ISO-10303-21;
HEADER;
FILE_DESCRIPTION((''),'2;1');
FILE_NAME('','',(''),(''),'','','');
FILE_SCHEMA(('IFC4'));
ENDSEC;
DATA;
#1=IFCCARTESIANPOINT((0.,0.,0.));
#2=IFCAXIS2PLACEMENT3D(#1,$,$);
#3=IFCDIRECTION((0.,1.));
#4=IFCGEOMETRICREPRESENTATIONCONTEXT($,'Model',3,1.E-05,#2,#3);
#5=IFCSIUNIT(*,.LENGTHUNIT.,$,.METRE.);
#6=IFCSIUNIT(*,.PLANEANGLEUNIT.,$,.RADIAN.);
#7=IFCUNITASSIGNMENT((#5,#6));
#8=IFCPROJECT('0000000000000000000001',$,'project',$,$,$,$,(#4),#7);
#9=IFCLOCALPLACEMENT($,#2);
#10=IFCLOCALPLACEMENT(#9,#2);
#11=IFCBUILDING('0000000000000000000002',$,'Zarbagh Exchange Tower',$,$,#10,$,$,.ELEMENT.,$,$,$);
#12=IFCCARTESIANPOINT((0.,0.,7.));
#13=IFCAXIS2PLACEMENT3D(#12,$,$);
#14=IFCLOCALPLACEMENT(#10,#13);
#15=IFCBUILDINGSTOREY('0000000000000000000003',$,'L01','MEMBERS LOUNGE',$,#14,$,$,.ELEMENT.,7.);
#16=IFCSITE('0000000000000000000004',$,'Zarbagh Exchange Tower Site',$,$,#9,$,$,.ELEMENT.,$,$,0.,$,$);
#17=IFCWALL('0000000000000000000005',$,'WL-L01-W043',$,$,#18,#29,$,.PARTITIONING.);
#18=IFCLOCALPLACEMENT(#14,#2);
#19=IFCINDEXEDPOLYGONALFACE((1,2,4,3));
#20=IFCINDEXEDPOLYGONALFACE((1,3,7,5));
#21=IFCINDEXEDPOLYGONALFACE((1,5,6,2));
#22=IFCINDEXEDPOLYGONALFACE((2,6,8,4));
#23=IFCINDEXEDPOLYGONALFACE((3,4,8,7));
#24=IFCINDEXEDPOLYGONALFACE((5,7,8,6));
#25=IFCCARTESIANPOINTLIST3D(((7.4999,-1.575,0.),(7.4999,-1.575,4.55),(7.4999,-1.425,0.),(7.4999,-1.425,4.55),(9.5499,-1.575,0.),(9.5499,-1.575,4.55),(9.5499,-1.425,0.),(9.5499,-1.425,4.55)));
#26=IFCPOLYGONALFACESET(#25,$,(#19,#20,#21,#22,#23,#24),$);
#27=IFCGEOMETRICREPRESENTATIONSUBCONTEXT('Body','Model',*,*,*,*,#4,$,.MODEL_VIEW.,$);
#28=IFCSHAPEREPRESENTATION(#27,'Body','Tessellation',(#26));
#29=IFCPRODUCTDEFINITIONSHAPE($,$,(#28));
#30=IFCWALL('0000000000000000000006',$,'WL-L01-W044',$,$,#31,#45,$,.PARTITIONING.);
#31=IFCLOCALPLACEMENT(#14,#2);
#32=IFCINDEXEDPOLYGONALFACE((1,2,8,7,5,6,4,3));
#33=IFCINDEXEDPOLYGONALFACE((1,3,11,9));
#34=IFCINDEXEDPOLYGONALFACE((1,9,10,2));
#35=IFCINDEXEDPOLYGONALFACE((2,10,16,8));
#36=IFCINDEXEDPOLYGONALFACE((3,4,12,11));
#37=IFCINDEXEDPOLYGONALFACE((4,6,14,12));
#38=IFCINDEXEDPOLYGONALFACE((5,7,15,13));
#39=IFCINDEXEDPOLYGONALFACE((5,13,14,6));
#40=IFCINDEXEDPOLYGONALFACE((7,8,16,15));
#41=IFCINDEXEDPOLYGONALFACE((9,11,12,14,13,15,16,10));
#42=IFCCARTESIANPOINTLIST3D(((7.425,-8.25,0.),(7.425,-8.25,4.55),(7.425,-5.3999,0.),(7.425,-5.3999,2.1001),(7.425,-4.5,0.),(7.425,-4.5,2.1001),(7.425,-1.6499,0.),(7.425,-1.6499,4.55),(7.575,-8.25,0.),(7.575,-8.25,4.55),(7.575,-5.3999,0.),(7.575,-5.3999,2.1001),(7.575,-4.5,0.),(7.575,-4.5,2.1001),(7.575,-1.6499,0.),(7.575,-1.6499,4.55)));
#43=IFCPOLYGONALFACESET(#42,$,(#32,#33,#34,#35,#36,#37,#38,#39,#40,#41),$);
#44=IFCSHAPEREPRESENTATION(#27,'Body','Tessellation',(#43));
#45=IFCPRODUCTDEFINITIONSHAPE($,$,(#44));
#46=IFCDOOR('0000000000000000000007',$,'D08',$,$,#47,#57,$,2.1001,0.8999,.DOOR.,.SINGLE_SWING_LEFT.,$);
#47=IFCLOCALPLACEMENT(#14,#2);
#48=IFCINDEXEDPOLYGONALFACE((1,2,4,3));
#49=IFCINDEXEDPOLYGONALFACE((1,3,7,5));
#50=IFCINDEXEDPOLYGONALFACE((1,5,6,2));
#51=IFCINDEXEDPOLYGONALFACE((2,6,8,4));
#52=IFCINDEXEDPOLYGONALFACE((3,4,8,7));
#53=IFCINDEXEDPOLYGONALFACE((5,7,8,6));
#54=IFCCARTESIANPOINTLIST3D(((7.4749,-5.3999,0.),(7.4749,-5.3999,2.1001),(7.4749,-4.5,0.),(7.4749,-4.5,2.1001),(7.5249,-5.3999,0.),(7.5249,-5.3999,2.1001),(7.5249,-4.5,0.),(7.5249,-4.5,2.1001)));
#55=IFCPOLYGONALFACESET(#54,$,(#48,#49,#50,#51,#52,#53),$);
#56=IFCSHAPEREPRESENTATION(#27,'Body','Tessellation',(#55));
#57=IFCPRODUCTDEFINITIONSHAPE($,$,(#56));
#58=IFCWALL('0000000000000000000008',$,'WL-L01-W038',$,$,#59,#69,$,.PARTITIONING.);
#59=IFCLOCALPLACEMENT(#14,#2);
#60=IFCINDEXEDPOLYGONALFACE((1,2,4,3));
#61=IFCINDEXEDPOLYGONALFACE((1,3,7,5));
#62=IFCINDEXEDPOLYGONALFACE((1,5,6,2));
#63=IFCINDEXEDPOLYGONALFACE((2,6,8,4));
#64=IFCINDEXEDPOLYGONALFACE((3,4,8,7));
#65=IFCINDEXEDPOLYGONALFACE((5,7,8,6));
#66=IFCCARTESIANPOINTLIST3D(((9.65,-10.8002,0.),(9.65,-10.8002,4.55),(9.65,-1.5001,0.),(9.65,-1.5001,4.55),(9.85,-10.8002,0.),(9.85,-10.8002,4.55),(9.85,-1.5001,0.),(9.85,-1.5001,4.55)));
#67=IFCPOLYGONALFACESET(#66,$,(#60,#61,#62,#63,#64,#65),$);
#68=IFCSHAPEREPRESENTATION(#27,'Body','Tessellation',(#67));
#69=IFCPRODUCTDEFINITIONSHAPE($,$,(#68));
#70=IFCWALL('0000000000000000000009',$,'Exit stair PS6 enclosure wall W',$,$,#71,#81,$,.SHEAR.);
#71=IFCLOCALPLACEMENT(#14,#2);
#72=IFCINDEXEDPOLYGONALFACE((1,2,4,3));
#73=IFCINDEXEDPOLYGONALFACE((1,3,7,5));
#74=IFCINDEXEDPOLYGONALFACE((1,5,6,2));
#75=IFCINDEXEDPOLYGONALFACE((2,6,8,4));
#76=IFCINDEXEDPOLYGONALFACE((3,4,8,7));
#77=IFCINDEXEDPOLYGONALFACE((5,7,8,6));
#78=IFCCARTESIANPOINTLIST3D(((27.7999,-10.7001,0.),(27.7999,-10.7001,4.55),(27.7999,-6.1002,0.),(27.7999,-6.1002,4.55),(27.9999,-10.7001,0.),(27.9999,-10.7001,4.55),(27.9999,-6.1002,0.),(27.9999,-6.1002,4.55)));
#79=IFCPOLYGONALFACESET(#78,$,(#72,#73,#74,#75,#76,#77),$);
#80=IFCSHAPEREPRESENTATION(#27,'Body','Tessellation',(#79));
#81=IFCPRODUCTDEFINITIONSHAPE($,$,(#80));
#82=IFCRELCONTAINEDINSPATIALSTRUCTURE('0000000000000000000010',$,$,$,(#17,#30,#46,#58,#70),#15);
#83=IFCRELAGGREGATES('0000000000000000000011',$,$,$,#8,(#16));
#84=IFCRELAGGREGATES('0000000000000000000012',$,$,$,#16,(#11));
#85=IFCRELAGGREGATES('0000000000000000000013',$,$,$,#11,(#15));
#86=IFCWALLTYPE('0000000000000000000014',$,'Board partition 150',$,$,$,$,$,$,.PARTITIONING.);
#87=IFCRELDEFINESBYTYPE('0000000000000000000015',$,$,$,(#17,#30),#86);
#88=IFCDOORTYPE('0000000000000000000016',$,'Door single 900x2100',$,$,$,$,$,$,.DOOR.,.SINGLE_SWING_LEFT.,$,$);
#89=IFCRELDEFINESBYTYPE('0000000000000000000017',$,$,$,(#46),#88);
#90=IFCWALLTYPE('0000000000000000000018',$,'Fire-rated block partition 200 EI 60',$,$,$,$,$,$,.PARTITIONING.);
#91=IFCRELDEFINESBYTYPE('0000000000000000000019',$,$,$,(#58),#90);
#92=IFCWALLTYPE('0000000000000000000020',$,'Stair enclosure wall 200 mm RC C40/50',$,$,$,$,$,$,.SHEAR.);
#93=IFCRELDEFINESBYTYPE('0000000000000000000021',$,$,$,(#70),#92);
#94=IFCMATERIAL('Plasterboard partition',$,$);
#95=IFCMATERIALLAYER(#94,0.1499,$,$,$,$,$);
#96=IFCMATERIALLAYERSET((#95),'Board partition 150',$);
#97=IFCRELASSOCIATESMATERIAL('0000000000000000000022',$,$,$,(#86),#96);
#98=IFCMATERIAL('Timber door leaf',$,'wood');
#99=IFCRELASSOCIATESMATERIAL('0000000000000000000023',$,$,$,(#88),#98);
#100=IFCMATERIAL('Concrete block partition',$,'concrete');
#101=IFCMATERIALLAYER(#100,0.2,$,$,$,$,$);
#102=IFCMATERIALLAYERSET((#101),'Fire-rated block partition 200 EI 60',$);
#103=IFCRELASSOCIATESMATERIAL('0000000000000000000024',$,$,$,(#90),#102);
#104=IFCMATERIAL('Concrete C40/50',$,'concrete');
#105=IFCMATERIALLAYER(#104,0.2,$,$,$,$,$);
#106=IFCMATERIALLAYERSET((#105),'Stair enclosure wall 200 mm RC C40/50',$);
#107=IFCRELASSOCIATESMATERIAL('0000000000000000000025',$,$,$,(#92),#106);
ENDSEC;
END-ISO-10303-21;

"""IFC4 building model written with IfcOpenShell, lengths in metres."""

from ifc_helpers import new_model, si_unit, direction, frame, frame_2d, origin, place, context, subcontext, project, spatial, rectangle, extrude, material, layer, layer_set, type_object, element, fill, save


model = new_model("IFC4")

# Units and contexts
model_context = context("Model", 3, precision=1e-05, world=origin(), true_north=direction((0.0, 1.0)))
body_context = subcontext(model_context, "Body", "Model", "MODEL_VIEW")
ifc_project = project(units=[si_unit("LENGTHUNIT", "METRE"), si_unit("PLANEANGLEUNIT", "RADIAN")], contexts=[model_context])

# Site, building, storey
site_placement = place(None, origin())
site = spatial("IfcSite", under=ifc_project, at=site_placement, Name="Zarbagh Exchange Tower Site", CompositionType="ELEMENT", RefElevation=0.0)
building_placement = place(site_placement, origin())
building = spatial("IfcBuilding", under=site, at=building_placement, Name="Zarbagh Exchange Tower", CompositionType="ELEMENT")
storey_placement = place(building_placement, frame((0.0, 0.0, 7.0)))
storey = spatial("IfcBuildingStorey", under=building, at=storey_placement, Name="L01", Description="MEMBERS LOUNGE", CompositionType="ELEMENT", Elevation=7.0)

# Wall
ifc_material_1 = material(Name="Plasterboard partition")
ifc_layer_1 = layer(ifc_material_1, 0.1499)
ifc_layer_set_1 = layer_set([ifc_layer_1], Name="Board partition 150")
wall_type_1 = type_object("IfcWallType", Name="Board partition 150", PredefinedType="PARTITIONING", material=ifc_layer_set_1)
wall_1_placement = place(storey_placement, frame((7.5, -1.5, 0.0), z_axis=(0.0, 0.0, 1.0), x_axis=(1.0, 0.0, 0.0)))
element("IfcWall", 1, at=wall_1_placement, inside=storey, type_object=wall_type_1, Name="WL-L01-W043", PredefinedType="PARTITIONING", context=body_context, shape_type="SweptSolid", body=[
    extrude(rectangle(XDim=2.05, YDim=0.1499, at=frame_2d((1.0249, 0.0))), origin(), (0.0, 0.0, 1.0), 4.55),
])

# Wall, opening, door
wall_2_placement = place(storey_placement, frame((7.5, -1.6499, 0.0), z_axis=(0.0, 0.0, 1.0), x_axis=(0.0, -1.0, 0.0)))
wall_2 = element("IfcWall", 2, at=wall_2_placement, inside=storey, type_object=wall_type_1, Name="WL-L01-W044", PredefinedType="PARTITIONING", context=body_context, shape_type="SweptSolid", body=[
    extrude(rectangle(XDim=6.6001, YDim=0.1499, at=frame_2d((3.3, 0.0))), origin(), (0.0, 0.0, 1.0), 4.55),
])
opening_placement = place(wall_2_placement, frame((2.8501, 0.0, 0.0)))
opening = element("IfcOpeningElement", 3, at=opening_placement, cuts=wall_2, PredefinedType="OPENING", context=body_context, shape_type="SweptSolid", body=[
    extrude(rectangle(XDim=0.8999, YDim=2.1001, at=frame_2d((0.45, 1.05))), frame((0.0, 0.085, 0.0), z_axis=(0.0, -1.0, 0.0), x_axis=(1.0, 0.0, 0.0)), (0.0, 0.0, 1.0), 0.1699),
])
ifc_material_2 = material(Name="Timber door leaf", Category="wood")
door_type = type_object("IfcDoorType", Name="Door single 900x2100", OperationType="SINGLE_SWING_LEFT", PredefinedType="DOOR", material=ifc_material_2)
door_placement = place(opening_placement, origin())
door = element("IfcDoor", 4, at=door_placement, inside=storey, type_object=door_type, Name="D08", OperationType="SINGLE_SWING_LEFT", OverallHeight=2.1001, OverallWidth=0.8999, PredefinedType="DOOR", context=body_context, shape_type="SweptSolid", body=[
    extrude(rectangle(XDim=0.8999, YDim=2.1001, at=frame_2d((0.45, 1.05))), frame((0.0, 0.0249, 0.0), z_axis=(0.0, -1.0, 0.0), x_axis=(1.0, 0.0, 0.0)), (0.0, 0.0, 1.0), 0.05),
])
fill(opening, door)

# Walls
ifc_material_3 = material(Name="Concrete block partition", Category="concrete")
ifc_layer_2 = layer(ifc_material_3, 0.2)
ifc_layer_set_2 = layer_set([ifc_layer_2], Name="Fire-rated block partition 200 EI 60")
wall_type_2 = type_object("IfcWallType", Name="Fire-rated block partition 200 EI 60", PredefinedType="PARTITIONING", material=ifc_layer_set_2)
wall_3_placement = place(storey_placement, frame((9.75, -10.8, 0.0), z_axis=(0.0, 0.0, 1.0), x_axis=(0.0, 1.0, 0.0)))
element("IfcWall", 5, at=wall_3_placement, inside=storey, type_object=wall_type_2, Name="WL-L01-W038", PredefinedType="PARTITIONING", context=body_context, shape_type="SweptSolid", body=[
    extrude(rectangle(XDim=9.3, YDim=0.2, at=frame_2d((4.6499, 0.0))), origin(), (0.0, 0.0, 1.0), 4.55),
])
ifc_material_4 = material(Name="Concrete C40/50", Category="concrete")
ifc_layer_3 = layer(ifc_material_4, 0.2)
ifc_layer_set_3 = layer_set([ifc_layer_3], Name="Stair enclosure wall 200 mm RC C40/50")
wall_type_3 = type_object("IfcWallType", Name="Stair enclosure wall 200 mm RC C40/50", PredefinedType="SHEAR", material=ifc_layer_set_3)
wall_4_placement = place(storey_placement, frame((27.8999, -10.7, 0.0), z_axis=(0.0, 0.0, 1.0), x_axis=(0.0, 1.0, 0.0)))
element("IfcWall", 6, at=wall_4_placement, inside=storey, type_object=wall_type_3, Name="Exit stair PS6 enclosure wall W", PredefinedType="SHEAR", context=body_context, shape_type="SweptSolid", body=[
    extrude(rectangle(XDim=4.5999, YDim=0.2, at=frame_2d((2.2998, 0.0))), origin(), (0.0, 0.0, 1.0), 4.55),
])

save(model, "model.ifc")
